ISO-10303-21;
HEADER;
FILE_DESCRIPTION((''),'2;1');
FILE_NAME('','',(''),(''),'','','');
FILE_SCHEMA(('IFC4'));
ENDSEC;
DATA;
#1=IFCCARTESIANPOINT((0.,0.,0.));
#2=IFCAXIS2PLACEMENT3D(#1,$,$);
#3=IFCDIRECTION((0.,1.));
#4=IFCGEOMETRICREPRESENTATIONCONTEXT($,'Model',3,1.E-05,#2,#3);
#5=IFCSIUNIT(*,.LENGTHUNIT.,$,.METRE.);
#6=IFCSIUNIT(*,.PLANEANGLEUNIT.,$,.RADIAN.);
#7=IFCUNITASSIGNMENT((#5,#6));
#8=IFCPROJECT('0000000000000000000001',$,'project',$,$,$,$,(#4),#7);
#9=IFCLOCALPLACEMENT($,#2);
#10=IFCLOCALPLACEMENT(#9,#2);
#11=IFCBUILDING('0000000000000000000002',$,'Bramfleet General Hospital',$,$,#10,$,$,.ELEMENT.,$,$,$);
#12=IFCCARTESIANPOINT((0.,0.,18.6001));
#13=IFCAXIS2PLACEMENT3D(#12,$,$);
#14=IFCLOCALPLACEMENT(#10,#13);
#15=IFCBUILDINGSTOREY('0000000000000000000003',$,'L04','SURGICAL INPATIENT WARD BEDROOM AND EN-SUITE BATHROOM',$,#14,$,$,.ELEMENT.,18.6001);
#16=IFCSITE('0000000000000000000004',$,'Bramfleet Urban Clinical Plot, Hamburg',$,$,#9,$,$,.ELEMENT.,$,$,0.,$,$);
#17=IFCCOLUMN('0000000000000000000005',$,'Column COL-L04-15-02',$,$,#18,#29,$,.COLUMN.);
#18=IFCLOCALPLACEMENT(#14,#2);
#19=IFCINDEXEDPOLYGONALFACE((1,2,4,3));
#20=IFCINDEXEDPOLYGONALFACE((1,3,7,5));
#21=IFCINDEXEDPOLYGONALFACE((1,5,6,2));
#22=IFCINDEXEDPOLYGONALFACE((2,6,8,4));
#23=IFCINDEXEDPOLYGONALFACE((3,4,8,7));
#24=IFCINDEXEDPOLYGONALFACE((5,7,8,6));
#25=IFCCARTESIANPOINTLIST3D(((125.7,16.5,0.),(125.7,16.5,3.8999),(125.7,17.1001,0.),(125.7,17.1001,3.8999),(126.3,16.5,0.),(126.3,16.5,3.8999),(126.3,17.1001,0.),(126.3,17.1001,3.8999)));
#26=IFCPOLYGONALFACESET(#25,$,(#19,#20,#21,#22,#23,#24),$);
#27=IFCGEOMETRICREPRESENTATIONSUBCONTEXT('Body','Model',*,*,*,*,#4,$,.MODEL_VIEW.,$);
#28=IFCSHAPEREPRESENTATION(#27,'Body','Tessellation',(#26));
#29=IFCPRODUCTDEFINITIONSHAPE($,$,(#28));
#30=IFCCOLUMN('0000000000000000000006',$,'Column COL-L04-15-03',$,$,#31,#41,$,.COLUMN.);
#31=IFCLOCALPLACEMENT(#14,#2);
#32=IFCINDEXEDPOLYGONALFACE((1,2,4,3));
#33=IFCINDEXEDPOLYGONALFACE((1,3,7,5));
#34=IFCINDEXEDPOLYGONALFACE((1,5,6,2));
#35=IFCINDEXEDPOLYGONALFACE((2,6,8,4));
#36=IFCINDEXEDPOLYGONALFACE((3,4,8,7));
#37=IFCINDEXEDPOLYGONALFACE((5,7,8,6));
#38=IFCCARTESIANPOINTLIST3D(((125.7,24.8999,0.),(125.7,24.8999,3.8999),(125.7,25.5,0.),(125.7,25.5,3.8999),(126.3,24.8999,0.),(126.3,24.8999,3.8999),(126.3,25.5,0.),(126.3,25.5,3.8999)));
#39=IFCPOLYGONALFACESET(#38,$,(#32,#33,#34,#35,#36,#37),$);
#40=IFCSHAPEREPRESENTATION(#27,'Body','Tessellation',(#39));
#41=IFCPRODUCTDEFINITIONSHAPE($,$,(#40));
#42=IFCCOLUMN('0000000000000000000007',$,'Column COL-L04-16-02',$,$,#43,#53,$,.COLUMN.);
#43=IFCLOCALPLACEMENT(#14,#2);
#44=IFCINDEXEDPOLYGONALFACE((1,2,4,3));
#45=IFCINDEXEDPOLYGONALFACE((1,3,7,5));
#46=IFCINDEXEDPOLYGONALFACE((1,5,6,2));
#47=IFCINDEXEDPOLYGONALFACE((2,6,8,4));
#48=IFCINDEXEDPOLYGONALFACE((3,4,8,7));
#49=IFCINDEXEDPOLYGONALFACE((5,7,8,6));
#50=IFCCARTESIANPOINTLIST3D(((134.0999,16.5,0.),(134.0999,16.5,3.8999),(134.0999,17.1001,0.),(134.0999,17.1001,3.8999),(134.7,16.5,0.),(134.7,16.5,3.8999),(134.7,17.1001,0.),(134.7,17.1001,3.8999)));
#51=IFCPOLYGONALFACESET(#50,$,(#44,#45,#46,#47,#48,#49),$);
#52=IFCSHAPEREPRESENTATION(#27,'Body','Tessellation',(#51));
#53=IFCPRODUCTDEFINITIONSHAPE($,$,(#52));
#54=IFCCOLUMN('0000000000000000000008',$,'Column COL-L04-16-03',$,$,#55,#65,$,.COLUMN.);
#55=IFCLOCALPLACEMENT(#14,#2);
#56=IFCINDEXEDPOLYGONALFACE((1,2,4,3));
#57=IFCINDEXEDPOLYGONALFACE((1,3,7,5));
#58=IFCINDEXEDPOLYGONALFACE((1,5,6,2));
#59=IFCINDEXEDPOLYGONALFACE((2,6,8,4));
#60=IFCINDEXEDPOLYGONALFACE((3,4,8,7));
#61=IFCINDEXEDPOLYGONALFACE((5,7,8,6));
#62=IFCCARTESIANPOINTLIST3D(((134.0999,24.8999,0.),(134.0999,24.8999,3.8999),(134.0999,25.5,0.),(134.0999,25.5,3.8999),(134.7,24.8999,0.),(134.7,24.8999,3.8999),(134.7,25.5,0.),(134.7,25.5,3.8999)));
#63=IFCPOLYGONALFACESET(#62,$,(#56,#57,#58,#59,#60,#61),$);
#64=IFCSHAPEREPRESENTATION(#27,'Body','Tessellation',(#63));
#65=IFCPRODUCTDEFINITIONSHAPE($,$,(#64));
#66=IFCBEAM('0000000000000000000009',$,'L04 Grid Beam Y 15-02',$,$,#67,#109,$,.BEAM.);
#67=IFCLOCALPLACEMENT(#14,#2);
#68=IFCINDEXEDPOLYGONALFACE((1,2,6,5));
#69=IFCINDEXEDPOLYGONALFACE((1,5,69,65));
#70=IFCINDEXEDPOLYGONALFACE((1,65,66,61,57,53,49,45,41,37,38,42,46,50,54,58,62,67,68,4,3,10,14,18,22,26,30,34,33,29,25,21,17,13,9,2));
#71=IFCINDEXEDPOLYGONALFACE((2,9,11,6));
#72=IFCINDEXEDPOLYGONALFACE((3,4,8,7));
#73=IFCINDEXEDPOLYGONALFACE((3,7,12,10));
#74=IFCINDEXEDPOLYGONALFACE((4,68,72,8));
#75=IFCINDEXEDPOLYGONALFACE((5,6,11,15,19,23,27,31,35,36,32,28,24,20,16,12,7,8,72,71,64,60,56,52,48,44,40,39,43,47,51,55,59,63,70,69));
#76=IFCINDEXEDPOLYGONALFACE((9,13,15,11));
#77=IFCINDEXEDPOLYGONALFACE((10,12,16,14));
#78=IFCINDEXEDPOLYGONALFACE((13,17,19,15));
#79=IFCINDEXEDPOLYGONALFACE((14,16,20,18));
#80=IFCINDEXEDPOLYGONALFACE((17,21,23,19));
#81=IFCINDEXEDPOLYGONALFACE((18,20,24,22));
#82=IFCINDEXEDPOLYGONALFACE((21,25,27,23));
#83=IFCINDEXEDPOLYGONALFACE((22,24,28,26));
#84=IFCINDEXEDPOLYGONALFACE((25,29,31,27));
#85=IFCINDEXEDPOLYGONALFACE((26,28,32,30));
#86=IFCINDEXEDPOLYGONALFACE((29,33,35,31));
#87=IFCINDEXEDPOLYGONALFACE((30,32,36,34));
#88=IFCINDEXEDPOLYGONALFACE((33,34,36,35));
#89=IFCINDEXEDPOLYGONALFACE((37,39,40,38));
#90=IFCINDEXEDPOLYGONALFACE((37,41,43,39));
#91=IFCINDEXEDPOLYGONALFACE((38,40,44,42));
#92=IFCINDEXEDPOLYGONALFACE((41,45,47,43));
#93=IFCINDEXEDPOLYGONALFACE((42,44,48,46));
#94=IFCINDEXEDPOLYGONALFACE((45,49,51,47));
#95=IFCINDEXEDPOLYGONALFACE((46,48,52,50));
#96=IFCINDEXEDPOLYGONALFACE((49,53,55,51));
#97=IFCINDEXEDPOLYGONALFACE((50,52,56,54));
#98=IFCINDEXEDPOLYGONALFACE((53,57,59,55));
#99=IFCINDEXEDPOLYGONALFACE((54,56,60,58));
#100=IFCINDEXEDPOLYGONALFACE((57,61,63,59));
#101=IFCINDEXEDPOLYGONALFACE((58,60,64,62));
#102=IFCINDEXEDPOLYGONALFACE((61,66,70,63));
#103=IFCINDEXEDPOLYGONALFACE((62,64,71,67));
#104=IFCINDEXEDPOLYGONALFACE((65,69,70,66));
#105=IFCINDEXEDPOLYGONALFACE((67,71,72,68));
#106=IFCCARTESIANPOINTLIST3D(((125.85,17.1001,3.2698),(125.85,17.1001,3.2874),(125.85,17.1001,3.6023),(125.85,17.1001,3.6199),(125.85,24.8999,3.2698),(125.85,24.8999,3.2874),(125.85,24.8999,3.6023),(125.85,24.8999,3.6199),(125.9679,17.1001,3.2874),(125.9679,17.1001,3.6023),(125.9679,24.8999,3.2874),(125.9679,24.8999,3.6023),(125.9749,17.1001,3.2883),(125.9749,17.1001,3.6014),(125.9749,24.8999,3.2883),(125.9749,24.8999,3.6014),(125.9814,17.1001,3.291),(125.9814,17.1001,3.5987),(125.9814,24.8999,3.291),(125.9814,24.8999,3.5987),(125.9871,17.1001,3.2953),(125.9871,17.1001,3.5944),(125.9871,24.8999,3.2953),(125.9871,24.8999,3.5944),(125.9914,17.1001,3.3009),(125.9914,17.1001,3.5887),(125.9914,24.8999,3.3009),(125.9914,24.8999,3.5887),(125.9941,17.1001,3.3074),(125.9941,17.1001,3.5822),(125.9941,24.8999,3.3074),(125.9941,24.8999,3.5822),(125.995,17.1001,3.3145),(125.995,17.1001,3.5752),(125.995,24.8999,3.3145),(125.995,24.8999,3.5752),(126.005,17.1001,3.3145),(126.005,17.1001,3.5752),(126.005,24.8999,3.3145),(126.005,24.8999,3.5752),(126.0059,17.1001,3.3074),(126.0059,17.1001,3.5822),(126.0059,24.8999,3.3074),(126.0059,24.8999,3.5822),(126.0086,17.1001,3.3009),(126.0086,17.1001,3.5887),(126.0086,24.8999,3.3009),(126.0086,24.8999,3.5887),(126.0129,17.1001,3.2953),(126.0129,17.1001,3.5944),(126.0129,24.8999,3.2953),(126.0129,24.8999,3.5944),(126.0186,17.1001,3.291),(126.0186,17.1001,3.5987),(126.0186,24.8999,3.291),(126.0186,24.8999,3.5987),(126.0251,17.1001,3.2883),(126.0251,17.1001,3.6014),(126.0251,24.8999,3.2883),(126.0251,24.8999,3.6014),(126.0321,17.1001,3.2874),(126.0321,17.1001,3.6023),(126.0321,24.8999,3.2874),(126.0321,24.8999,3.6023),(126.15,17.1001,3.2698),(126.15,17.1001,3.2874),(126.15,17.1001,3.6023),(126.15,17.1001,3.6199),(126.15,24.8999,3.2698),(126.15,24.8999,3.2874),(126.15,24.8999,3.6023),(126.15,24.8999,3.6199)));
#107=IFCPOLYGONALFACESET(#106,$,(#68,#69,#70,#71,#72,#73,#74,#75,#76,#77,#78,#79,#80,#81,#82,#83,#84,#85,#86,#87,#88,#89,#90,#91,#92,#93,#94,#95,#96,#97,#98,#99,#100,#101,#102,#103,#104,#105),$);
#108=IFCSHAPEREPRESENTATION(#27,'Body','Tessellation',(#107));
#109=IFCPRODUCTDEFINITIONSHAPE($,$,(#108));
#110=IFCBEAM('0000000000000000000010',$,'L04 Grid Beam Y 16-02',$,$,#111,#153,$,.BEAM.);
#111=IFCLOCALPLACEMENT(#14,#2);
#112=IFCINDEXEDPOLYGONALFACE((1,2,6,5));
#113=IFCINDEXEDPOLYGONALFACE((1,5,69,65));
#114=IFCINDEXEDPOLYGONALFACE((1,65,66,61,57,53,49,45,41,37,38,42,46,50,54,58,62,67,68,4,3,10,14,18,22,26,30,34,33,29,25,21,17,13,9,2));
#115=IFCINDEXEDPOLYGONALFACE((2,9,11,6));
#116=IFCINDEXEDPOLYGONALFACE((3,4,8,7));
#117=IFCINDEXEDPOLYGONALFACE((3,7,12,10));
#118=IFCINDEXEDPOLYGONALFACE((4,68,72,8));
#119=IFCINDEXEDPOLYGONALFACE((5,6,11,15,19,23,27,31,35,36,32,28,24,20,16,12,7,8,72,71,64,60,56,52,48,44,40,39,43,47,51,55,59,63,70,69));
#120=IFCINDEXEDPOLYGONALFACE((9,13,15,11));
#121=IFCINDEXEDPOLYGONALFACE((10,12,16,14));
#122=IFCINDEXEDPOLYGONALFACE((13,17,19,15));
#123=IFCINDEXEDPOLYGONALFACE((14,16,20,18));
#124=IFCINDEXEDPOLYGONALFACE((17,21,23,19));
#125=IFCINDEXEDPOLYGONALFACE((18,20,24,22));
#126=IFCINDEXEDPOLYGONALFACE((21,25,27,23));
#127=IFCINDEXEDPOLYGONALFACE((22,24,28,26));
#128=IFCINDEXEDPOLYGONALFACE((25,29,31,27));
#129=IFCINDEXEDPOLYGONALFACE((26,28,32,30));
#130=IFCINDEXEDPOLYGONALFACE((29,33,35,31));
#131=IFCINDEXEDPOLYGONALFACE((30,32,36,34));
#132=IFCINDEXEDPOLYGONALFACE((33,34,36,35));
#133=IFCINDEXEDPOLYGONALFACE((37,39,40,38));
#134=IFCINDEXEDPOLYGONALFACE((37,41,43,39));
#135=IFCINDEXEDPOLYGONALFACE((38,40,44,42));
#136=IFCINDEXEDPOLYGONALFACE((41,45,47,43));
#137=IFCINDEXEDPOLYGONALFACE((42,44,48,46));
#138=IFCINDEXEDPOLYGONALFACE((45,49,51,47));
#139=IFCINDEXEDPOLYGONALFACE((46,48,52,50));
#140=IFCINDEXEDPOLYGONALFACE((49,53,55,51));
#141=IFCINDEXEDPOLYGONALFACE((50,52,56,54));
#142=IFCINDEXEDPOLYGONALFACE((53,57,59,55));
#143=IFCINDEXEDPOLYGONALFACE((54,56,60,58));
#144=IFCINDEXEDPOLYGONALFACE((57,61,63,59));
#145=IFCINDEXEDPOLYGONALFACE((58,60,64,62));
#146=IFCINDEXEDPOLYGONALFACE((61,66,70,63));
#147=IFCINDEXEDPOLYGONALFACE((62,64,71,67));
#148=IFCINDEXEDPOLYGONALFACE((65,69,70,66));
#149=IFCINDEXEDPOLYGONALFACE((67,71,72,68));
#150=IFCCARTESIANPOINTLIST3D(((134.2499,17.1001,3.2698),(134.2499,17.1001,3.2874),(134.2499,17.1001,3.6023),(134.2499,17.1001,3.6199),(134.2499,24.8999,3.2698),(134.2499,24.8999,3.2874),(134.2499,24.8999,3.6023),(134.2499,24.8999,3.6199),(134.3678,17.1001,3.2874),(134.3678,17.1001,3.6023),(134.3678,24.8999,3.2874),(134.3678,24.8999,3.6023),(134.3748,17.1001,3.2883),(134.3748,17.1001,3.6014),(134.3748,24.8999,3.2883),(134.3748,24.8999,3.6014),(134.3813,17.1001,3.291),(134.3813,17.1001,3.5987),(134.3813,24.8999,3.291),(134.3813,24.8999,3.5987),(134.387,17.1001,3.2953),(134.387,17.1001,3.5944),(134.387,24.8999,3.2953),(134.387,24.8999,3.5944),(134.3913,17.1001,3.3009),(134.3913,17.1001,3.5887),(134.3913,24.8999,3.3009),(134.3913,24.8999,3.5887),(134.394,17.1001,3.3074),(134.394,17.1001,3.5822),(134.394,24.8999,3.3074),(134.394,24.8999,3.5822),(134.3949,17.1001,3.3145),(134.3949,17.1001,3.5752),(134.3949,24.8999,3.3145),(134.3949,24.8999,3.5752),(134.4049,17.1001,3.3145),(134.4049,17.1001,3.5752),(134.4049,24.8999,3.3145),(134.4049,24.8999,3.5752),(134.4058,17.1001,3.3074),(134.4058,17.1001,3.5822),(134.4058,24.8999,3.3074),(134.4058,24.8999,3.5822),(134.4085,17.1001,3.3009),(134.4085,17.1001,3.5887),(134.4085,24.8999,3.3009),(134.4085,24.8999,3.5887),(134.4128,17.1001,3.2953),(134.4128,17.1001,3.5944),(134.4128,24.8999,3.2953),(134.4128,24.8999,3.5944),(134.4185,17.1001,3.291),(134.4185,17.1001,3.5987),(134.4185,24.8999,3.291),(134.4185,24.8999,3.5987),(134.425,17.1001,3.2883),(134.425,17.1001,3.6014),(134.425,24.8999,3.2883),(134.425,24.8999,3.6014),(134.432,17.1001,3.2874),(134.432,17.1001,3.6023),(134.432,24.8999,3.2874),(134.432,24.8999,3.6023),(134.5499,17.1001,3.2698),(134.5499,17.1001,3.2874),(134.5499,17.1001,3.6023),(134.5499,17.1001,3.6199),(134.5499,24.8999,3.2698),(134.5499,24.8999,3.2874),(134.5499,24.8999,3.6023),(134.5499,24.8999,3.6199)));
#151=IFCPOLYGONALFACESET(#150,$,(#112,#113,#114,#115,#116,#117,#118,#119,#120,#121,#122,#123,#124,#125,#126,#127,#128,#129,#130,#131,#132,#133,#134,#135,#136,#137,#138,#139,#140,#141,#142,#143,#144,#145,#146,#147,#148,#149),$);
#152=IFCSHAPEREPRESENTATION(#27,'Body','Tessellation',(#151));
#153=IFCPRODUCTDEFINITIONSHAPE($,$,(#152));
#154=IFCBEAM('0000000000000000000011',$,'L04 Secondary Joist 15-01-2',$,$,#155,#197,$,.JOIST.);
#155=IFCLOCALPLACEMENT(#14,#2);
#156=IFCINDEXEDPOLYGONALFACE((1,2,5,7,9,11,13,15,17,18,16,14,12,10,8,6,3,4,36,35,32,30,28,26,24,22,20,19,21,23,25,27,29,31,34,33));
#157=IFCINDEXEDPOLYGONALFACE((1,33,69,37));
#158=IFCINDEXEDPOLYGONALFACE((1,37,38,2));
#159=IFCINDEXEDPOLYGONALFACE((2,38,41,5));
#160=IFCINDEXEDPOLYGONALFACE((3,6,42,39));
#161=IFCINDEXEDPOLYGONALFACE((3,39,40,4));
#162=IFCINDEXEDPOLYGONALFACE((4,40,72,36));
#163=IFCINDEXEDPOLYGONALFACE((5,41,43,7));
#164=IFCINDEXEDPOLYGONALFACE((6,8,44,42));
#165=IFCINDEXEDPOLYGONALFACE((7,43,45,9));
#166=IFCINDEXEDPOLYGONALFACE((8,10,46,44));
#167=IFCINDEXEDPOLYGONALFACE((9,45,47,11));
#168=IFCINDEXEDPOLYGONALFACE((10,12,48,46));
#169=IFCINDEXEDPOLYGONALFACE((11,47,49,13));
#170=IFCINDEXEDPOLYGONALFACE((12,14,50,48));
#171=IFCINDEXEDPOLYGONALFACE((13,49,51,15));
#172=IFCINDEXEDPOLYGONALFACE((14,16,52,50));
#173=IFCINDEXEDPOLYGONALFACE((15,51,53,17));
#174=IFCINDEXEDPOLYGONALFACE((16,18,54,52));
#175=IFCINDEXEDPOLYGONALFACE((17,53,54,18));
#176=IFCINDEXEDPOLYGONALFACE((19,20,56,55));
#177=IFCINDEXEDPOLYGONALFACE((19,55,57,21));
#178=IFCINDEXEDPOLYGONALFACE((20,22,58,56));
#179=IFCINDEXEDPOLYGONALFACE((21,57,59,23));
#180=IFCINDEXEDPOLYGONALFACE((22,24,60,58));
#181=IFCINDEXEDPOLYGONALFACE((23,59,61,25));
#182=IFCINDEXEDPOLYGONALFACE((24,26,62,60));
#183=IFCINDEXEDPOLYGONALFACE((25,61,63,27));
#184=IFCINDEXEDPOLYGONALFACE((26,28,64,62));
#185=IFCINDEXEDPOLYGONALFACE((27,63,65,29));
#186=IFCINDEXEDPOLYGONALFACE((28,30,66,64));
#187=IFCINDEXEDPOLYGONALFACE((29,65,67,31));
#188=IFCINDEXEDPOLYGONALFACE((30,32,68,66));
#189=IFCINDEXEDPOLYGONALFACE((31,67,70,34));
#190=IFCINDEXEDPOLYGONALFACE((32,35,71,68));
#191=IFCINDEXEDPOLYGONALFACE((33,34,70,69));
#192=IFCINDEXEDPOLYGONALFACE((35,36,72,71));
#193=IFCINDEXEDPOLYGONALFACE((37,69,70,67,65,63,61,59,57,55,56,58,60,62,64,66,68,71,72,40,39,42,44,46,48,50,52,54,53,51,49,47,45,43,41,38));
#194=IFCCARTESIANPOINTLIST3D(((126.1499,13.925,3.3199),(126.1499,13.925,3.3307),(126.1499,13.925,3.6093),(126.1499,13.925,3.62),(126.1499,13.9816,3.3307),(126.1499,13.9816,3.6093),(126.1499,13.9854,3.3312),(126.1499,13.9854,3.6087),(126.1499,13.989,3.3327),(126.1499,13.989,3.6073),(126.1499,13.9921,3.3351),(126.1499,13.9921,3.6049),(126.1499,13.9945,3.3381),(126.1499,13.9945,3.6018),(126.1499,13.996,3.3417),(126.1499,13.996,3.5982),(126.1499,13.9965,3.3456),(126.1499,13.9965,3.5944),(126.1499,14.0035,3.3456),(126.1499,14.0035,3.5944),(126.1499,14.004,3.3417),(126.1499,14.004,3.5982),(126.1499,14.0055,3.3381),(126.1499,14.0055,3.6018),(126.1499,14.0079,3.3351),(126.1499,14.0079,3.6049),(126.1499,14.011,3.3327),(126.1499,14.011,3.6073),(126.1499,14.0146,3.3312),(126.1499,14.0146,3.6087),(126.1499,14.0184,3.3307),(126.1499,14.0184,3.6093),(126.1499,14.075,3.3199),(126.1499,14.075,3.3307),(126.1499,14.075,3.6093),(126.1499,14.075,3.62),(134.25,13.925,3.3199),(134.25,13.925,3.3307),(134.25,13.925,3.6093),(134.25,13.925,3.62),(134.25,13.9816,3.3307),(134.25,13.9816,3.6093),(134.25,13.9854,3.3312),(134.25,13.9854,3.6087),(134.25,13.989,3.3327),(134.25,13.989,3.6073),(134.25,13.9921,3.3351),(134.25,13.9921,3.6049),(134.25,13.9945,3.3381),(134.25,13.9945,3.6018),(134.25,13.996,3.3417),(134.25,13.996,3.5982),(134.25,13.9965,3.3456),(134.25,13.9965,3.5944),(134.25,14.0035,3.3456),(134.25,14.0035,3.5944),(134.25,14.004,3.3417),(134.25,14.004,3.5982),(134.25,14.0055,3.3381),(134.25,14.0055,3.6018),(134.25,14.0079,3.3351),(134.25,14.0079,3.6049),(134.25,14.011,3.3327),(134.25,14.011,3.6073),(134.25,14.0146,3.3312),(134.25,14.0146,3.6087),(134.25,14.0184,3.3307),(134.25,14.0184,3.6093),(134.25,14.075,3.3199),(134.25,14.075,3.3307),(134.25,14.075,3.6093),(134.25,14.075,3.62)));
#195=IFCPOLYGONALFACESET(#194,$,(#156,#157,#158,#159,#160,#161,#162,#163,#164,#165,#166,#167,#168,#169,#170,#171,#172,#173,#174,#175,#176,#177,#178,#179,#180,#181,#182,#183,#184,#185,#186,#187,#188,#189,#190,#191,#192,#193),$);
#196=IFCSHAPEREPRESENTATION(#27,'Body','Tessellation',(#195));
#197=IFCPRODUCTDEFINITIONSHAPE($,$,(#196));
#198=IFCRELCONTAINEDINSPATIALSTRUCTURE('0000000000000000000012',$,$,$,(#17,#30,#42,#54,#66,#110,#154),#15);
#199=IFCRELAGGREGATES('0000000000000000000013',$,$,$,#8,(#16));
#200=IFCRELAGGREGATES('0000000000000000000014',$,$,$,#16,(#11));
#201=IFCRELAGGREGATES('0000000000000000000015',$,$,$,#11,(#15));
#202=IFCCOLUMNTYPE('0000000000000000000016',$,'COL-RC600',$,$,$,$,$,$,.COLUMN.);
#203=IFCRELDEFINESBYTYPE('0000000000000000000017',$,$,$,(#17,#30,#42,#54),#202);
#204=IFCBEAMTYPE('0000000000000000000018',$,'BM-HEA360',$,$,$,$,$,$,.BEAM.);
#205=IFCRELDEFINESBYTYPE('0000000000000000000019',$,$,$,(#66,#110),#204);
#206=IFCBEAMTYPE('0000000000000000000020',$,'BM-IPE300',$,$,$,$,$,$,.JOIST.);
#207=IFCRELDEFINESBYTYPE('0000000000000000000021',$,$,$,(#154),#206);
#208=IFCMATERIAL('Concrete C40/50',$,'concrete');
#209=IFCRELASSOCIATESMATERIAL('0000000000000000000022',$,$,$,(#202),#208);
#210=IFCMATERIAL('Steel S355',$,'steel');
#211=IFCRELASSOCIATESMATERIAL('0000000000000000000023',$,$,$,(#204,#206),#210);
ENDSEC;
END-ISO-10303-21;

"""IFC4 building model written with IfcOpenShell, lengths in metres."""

from ifc_helpers import new_model, si_unit, direction, frame, origin, origin_2d, place, context, subcontext, project, spatial, rectangle, i_section, extrude, material, material_profile, profile_set, type_object, element, save


model = new_model("IFC4")

# Units and contexts
model_context = context("Model", 3, precision=1e-05, world=origin(), true_north=direction((0.0, 1.0)))
body_context = subcontext(model_context, "Body", "Model", "MODEL_VIEW")
ifc_project = project(units=[si_unit("LENGTHUNIT", "METRE"), si_unit("PLANEANGLEUNIT", "RADIAN")], contexts=[model_context])

# Site, building, storey
site_placement = place(None, origin())
site = spatial("IfcSite", under=ifc_project, at=site_placement, Name="Bramfleet Urban Clinical Plot, Hamburg", CompositionType="ELEMENT", RefElevation=0.0)
building_placement = place(site_placement, origin())
building = spatial("IfcBuilding", under=site, at=building_placement, Name="Bramfleet General Hospital", CompositionType="ELEMENT")
storey_placement = place(building_placement, frame((0.0, 0.0, 18.6001)))
storey = spatial("IfcBuildingStorey", under=building, at=storey_placement, Name="L04", Description="SURGICAL INPATIENT WARD BEDROOM AND EN-SUITE BATHROOM", CompositionType="ELEMENT", Elevation=18.6001)

# Columns
ifc_material_1 = material(Name="Concrete C40/50", Category="concrete")
ifc_material_profile_1 = material_profile(ifc_material_1, rectangle(XDim=0.6001, YDim=0.6001, at=origin_2d()), Name="RC COL 600x600")
ifc_profile_set_1 = profile_set([ifc_material_profile_1], Name="Concrete C40/50")
column_type = type_object("IfcColumnType", Name="COL-RC600", PredefinedType="COLUMN", material=ifc_profile_set_1)
for number, where, z_axis, x_axis, name in (
    (1, (126.0, 16.8, 0.0), (0.0, 0.0, 1.0), (1.0, 0.0, 0.0), "Column COL-L04-15-02"),
    (2, (126.0, 25.2, 0.0), (0.0, 0.0, 1.0), (1.0, 0.0, 0.0), "Column COL-L04-15-03"),
    (3, (134.3999, 16.8, 0.0), (0.0, 0.0, 1.0), (1.0, 0.0, 0.0), "Column COL-L04-16-02"),
    (4, (134.3999, 25.2, 0.0), (0.0, 0.0, 1.0), (1.0, 0.0, 0.0), "Column COL-L04-16-03"),
):
    element("IfcColumn", number, at=place(storey_placement, frame(where, z_axis=z_axis, x_axis=x_axis)), inside=storey, type_object=column_type, Name=name, PredefinedType="COLUMN", context=body_context, shape_type="SweptSolid", body=[
        extrude(rectangle(XDim=0.6001, YDim=0.6001, at=origin_2d()), origin(), (0.0, 0.0, 1.0), 3.8999),
    ])

# Beams
ifc_material_2 = material(Name="Steel S355", Category="steel")
ifc_material_profile_2 = material_profile(ifc_material_2, i_section(OverallWidth=0.3, OverallDepth=0.3501, WebThickness=0.01, FlangeThickness=0.0176, FilletRadius=0.0271, at=origin_2d()), Name="HEA 360")
ifc_profile_set_2 = profile_set([ifc_material_profile_2], Name="Steel S355")
beam_type_1 = type_object("IfcBeamType", Name="BM-HEA360", PredefinedType="BEAM", material=ifc_profile_set_2)
for number, where, z_axis, x_axis, name in (
    (5, (126.0, 17.1001, 3.4448), (0.0, 1.0, 0.0), (-1.0, 0.0, 0.0), "L04 Grid Beam Y 15-02"),
    (6, (134.3999, 17.1001, 3.4448), (0.0, 1.0, 0.0), (-1.0, 0.0, 0.0), "L04 Grid Beam Y 16-02"),
):
    element("IfcBeam", number, at=place(storey_placement, frame(where, z_axis=z_axis, x_axis=x_axis)), inside=storey, type_object=beam_type_1, Name=name, PredefinedType="BEAM", context=body_context, shape_type="SweptSolid", body=[
        extrude(i_section(OverallWidth=0.3, OverallDepth=0.3501, WebThickness=0.01, FlangeThickness=0.0176, FilletRadius=0.0271, at=origin_2d()), origin(), (0.0, 0.0, 1.0), 7.7998),
    ])
ifc_material_profile_3 = material_profile(ifc_material_2, i_section(OverallWidth=0.1499, OverallDepth=0.3, WebThickness=0.0071, FlangeThickness=0.0107, FilletRadius=0.0149, at=origin_2d()), Name="IPE 300")
ifc_profile_set_3 = profile_set([ifc_material_profile_3], Name="Steel S355")
beam_type_2 = type_object("IfcBeamType", Name="BM-IPE300", PredefinedType="JOIST", material=ifc_profile_set_3)
for number, where, z_axis, x_axis, name in (
    (7, (126.1499, 14.0, 3.47), (1.0, 0.0, 0.0), (0.0, 1.0, 0.0), "L04 Secondary Joist 15-01-2"),
):
    element("IfcBeam", number, at=place(storey_placement, frame(where, z_axis=z_axis, x_axis=x_axis)), inside=storey, type_object=beam_type_2, Name=name, PredefinedType="JOIST", context=body_context, shape_type="SweptSolid", body=[
        extrude(i_section(OverallWidth=0.1499, OverallDepth=0.3, WebThickness=0.0071, FlangeThickness=0.0107, FilletRadius=0.0149, at=origin_2d()), origin(), (0.0, 0.0, 1.0), 8.1001),
    ])

save(model, "model.ifc")
